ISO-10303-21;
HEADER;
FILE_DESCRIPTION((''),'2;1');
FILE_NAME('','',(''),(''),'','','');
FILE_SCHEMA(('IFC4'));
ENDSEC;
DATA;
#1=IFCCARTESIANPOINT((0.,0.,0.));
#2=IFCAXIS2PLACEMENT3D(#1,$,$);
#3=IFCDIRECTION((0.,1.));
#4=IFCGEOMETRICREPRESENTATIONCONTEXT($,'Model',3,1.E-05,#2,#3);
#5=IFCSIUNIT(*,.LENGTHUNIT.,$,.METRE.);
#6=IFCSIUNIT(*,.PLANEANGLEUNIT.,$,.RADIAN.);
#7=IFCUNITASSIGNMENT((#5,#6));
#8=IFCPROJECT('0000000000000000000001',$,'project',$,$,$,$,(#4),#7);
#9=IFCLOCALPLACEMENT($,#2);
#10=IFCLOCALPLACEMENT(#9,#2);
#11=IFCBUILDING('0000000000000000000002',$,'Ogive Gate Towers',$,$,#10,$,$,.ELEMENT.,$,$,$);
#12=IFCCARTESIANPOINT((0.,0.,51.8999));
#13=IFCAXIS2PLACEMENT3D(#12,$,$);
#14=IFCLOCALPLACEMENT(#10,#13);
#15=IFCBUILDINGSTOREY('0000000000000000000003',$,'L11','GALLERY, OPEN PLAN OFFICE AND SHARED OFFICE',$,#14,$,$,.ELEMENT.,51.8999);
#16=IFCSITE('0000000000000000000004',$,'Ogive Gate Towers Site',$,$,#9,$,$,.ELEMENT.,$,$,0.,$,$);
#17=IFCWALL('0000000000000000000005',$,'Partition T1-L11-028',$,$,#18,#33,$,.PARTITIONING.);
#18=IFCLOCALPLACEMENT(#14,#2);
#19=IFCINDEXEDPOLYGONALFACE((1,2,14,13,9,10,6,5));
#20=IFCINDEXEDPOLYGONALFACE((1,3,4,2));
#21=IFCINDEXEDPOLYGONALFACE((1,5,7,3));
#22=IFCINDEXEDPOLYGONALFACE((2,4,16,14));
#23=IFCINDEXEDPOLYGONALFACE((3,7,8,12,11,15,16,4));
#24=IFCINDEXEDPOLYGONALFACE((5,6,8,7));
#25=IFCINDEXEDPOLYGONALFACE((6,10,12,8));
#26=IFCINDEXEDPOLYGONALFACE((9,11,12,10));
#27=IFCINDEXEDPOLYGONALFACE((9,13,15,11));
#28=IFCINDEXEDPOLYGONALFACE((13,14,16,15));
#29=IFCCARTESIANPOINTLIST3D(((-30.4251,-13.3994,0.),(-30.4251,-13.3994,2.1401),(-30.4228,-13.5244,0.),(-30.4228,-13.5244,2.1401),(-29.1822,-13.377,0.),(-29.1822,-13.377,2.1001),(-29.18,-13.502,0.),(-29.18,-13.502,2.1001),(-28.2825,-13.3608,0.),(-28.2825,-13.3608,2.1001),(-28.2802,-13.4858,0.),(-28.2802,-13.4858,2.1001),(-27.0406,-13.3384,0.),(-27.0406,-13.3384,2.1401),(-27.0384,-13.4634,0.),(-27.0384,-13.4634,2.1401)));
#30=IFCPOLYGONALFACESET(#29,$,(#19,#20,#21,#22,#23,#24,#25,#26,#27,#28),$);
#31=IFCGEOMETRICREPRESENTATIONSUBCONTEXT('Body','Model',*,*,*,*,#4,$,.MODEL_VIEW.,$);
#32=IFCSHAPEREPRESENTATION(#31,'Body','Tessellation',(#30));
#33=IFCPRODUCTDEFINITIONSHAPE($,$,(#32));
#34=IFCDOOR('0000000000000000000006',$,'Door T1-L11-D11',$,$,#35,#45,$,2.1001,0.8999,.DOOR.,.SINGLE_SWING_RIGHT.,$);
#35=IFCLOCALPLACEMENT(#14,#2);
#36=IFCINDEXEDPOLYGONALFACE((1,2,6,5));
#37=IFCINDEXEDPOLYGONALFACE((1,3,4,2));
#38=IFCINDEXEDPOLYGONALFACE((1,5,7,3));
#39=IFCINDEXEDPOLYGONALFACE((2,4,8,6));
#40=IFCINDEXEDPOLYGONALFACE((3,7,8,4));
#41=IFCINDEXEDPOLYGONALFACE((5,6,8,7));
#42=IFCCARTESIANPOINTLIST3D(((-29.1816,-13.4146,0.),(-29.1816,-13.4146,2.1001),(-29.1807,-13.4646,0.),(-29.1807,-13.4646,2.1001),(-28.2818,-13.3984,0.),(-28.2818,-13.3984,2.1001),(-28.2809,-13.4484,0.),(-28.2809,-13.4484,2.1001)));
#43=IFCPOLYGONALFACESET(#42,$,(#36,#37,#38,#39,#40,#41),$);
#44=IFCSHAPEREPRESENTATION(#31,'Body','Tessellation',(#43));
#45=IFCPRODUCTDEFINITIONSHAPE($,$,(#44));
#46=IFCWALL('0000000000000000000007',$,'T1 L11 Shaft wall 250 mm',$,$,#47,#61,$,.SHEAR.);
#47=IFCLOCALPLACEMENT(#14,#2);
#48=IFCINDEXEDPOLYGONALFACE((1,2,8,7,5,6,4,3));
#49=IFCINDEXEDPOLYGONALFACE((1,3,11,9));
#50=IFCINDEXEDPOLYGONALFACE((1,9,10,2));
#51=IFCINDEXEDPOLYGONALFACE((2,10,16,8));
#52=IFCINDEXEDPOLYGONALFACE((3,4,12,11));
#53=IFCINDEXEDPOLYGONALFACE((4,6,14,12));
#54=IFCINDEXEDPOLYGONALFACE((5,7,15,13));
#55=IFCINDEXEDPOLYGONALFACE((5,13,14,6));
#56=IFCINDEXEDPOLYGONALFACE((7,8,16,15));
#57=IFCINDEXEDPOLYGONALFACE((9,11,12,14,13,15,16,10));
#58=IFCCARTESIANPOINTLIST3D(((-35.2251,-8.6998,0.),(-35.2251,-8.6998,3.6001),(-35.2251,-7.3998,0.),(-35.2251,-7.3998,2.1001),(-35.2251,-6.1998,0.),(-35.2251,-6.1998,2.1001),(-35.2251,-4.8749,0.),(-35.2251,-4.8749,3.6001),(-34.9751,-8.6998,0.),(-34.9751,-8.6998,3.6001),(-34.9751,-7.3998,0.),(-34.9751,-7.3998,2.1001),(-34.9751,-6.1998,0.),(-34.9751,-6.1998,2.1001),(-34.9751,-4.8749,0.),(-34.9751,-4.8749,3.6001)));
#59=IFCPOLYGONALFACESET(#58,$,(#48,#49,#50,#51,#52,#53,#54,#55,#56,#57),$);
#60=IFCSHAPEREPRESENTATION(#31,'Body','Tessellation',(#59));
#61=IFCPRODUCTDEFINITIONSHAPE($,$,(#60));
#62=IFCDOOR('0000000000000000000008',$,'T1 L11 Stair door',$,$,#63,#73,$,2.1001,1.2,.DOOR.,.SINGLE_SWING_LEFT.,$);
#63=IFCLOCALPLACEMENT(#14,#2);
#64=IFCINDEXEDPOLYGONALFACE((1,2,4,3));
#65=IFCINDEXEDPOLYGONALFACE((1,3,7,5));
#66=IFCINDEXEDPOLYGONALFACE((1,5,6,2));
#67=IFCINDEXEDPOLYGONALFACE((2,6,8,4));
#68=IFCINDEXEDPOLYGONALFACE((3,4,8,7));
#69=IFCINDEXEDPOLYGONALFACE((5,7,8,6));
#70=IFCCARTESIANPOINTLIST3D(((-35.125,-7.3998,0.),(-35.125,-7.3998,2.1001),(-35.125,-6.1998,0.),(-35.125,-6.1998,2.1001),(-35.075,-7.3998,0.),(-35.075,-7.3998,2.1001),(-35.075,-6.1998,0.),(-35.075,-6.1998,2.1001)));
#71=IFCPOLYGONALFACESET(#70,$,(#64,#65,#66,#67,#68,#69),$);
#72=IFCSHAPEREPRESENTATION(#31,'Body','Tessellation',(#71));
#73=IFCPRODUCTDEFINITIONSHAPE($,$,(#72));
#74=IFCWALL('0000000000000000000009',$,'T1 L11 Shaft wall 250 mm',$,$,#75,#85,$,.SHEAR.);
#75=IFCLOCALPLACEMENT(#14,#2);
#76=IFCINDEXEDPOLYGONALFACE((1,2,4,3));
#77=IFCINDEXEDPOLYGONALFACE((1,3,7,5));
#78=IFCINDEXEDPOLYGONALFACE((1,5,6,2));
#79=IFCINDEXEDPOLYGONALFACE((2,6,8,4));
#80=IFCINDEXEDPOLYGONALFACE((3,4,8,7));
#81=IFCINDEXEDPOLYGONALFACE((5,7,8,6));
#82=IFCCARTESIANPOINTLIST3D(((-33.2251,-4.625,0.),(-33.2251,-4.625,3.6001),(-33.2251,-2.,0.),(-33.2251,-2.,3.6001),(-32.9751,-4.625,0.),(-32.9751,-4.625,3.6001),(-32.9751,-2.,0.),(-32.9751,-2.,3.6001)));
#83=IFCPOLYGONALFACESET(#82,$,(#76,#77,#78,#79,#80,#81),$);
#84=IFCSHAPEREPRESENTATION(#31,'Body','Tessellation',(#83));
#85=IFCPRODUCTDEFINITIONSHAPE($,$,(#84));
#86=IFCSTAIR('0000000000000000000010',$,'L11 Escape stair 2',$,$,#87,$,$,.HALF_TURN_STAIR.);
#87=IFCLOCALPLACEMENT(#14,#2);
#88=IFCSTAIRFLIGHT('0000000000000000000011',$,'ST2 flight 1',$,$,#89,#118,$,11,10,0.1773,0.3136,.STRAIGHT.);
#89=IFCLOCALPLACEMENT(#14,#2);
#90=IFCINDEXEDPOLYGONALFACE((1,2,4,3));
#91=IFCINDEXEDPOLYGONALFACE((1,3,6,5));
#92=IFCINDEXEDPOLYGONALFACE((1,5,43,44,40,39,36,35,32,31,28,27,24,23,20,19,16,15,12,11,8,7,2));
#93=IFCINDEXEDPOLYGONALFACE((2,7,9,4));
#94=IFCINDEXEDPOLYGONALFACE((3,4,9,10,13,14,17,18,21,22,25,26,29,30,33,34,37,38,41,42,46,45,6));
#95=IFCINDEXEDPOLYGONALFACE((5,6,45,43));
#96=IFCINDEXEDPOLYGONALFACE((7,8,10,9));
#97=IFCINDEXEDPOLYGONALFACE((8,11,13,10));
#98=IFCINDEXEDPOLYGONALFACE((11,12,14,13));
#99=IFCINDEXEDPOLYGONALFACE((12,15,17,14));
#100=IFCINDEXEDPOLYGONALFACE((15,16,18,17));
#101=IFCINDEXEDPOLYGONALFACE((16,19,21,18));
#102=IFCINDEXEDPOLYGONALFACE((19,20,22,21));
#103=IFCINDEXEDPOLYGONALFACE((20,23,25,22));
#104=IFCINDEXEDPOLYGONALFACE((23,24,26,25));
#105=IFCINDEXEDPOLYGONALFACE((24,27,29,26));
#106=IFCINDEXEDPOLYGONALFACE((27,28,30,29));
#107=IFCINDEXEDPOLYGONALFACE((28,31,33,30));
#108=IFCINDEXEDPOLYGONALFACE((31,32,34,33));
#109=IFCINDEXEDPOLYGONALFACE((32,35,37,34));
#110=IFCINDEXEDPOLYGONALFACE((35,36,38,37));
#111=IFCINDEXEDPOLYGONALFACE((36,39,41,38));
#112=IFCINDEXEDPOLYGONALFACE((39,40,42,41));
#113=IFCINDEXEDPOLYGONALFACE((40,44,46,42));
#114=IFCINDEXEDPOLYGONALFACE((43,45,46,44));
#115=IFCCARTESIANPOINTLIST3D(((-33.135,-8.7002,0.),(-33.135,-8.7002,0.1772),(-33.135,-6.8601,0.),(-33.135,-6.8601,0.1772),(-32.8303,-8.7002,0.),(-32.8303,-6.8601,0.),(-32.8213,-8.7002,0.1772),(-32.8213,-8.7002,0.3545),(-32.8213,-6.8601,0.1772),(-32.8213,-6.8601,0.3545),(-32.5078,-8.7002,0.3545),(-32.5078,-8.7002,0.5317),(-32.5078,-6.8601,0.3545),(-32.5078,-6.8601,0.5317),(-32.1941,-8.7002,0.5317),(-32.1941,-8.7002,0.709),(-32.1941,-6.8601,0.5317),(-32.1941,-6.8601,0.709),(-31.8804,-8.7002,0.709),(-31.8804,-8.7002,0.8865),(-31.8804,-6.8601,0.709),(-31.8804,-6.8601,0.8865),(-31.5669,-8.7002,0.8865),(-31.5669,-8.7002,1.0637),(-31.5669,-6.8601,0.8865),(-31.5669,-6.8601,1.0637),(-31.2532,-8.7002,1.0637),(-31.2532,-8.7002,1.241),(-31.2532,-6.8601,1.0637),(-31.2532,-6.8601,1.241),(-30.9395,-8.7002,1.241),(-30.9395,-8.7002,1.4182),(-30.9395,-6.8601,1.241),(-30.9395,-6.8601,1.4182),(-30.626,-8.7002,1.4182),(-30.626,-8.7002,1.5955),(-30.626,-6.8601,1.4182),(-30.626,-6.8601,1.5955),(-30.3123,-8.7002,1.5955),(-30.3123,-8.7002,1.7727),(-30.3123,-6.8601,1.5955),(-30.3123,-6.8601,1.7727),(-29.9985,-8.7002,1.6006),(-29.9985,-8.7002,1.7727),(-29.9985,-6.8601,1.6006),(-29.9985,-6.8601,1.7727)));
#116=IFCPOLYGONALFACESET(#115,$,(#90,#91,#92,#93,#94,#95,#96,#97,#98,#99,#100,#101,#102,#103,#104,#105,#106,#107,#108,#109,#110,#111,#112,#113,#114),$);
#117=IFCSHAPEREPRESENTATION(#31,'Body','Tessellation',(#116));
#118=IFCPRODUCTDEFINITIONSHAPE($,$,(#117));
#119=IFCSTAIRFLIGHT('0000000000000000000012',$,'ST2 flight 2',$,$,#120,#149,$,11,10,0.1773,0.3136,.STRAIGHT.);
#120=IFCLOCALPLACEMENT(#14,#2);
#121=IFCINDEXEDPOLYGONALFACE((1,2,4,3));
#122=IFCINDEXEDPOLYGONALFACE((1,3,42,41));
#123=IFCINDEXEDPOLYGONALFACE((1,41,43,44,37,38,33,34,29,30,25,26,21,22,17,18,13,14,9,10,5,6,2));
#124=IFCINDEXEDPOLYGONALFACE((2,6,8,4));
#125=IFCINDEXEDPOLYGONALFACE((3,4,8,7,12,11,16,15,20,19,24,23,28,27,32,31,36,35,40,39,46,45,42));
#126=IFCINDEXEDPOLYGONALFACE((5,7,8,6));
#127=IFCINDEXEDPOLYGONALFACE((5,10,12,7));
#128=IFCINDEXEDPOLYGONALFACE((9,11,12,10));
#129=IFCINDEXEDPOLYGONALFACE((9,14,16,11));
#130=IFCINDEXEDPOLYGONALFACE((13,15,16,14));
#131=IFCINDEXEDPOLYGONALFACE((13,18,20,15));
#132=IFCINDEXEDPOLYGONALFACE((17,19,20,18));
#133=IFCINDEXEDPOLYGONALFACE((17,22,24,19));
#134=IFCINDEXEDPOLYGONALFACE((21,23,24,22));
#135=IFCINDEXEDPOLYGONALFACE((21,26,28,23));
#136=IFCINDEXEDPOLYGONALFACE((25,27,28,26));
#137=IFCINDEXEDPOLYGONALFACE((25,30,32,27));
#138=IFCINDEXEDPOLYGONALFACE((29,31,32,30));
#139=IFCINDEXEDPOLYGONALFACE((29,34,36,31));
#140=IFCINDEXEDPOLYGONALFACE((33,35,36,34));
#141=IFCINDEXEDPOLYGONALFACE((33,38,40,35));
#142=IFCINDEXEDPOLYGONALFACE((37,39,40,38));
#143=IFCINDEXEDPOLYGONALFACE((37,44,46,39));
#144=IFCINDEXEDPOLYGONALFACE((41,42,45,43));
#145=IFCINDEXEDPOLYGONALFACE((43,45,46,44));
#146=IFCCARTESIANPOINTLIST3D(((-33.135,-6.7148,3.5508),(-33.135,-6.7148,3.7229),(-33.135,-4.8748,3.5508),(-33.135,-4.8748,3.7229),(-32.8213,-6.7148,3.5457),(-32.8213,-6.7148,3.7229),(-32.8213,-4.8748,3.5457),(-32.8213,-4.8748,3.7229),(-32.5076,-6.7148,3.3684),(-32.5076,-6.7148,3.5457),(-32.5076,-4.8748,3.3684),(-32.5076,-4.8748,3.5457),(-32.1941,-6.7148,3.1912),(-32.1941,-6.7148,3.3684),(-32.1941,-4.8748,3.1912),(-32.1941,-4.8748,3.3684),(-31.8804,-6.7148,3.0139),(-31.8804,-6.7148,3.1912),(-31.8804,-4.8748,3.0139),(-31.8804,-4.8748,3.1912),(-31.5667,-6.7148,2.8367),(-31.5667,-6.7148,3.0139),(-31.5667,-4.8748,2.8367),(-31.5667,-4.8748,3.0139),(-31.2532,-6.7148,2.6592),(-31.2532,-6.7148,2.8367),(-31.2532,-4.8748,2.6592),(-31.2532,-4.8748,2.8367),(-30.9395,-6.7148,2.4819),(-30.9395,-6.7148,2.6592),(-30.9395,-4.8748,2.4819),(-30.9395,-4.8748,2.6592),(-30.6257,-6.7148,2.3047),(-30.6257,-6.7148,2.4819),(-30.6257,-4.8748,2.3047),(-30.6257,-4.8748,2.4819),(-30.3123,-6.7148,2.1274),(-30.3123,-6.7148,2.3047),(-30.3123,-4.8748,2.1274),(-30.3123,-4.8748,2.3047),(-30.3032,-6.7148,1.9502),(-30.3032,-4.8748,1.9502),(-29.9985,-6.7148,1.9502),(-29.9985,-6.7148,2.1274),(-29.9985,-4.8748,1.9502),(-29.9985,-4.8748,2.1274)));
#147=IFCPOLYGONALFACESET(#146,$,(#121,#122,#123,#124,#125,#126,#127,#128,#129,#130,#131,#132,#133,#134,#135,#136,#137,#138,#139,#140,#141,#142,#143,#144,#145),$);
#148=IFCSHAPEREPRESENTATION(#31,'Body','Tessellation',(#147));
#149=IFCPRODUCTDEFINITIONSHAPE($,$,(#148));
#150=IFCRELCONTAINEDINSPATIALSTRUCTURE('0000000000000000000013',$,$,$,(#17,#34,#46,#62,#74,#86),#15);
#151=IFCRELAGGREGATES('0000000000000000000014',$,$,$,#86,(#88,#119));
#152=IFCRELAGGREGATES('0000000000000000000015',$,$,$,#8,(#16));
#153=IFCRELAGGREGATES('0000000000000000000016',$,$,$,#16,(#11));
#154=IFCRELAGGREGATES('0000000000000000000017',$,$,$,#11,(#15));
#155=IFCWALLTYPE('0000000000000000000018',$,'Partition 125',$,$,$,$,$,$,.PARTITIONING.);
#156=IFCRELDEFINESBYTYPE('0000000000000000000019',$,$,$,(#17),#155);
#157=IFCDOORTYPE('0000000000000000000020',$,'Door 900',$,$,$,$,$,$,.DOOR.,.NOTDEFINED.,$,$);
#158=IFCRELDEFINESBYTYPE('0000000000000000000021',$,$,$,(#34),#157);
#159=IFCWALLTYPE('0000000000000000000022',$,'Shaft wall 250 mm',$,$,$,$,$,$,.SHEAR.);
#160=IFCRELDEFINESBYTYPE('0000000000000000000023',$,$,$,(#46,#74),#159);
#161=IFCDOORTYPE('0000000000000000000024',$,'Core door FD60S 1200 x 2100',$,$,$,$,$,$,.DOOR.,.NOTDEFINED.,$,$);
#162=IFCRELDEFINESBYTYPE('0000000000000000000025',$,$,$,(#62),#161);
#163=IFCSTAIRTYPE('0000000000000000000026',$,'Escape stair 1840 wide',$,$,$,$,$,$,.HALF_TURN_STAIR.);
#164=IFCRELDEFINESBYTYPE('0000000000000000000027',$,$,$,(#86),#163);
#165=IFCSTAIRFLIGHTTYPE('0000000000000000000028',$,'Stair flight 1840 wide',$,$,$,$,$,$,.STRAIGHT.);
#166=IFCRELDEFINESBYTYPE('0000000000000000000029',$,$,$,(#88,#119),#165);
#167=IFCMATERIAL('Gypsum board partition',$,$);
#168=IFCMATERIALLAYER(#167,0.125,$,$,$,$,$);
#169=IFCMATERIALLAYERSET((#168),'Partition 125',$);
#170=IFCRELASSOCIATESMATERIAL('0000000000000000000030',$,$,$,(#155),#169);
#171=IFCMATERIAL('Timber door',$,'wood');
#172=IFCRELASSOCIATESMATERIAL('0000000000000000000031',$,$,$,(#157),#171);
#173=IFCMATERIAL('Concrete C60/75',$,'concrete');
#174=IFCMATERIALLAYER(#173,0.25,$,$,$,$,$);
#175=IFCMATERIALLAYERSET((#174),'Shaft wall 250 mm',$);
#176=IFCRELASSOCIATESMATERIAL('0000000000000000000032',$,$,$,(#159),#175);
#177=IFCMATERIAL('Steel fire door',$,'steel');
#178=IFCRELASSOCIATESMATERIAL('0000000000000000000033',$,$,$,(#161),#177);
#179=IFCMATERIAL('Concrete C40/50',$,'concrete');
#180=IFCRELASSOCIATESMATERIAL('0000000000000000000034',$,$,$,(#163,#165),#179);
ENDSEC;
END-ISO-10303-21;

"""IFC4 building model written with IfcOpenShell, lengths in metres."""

from ifc_helpers import new_model, si_unit, direction, frame, frame_2d, origin, place, context, subcontext, project, spatial, polyline, rectangle, outline, extrude, material, layer, layer_set, type_object, element, fill, aggregate, save


model = new_model("IFC4")

# Units and contexts
model_context = context("Model", 3, precision=1e-05, world=origin(), true_north=direction((0.0, 1.0)))
body_context = subcontext(model_context, "Body", "Model", "MODEL_VIEW")
ifc_project = project(units=[si_unit("LENGTHUNIT", "METRE"), si_unit("PLANEANGLEUNIT", "RADIAN")], contexts=[model_context])

# Site, building, storey
site_placement = place(None, origin())
site = spatial("IfcSite", under=ifc_project, at=site_placement, Name="Ogive Gate Towers Site", CompositionType="ELEMENT", RefElevation=0.0)
building_placement = place(site_placement, origin())
building = spatial("IfcBuilding", under=site, at=building_placement, Name="Ogive Gate Towers", CompositionType="ELEMENT")
storey_placement = place(building_placement, frame((0.0, 0.0, 51.8999)))
storey = spatial("IfcBuildingStorey", under=building, at=storey_placement, Name="L11", Description="GALLERY, OPEN PLAN OFFICE AND SHARED OFFICE", CompositionType="ELEMENT", Elevation=51.8999)

# Walls, openings, doors
ifc_material_1 = material(Name="Timber door", Category="wood")
ifc_material_2 = material(Name="Gypsum board partition")
ifc_layer_1 = layer(ifc_material_2, 0.125)
ifc_layer_set_1 = layer_set([ifc_layer_1], Name="Partition 125")
wall_type_1 = type_object("IfcWallType", Name="Partition 125", PredefinedType="PARTITIONING", material=ifc_layer_set_1)
door_type_1 = type_object("IfcDoorType", Name="Door 900", OperationType="NOTDEFINED", PredefinedType="DOOR", material=ifc_material_1)
wall_1_placement = place(storey_placement, frame((-30.4238, -13.4619, 0.0), z_axis=(0.0, 0.0, 1.0), x_axis=(0.999837, 0.018031, 0.0)))
wall_1 = element("IfcWall", 1, at=wall_1_placement, inside=storey, type_object=wall_type_1, Name="Partition T1-L11-028", PredefinedType="PARTITIONING", context=body_context, shape_type="SweptSolid", body=[
    extrude(rectangle(XDim=3.385, YDim=0.125, at=frame_2d((1.6924, 0.0))), origin(), (0.0, 0.0, 1.0), 2.1401),
])
opening_1_placement = place(wall_1_placement, frame((1.2429, 0.0, 0.0)))
opening_1 = element("IfcOpeningElement", 2, at=opening_1_placement, cuts=wall_1, PredefinedType="OPENING", context=body_context, shape_type="SweptSolid", body=[
    extrude(rectangle(XDim=0.8999, YDim=2.1001, at=frame_2d((0.45, 1.05))), frame((0.0, 0.0725, 0.0), z_axis=(0.0, -1.0, 0.0), x_axis=(1.0, 0.0, 0.0)), (0.0, 0.0, 1.0), 0.145),
])
door_1_placement = place(opening_1_placement, origin())
door_1 = element("IfcDoor", 3, at=door_1_placement, inside=storey, type_object=door_type_1, Name="Door T1-L11-D11", OperationType="SINGLE_SWING_RIGHT", OverallHeight=2.1001, OverallWidth=0.8999, PredefinedType="DOOR", context=body_context, shape_type="SweptSolid", body=[
    extrude(rectangle(XDim=0.8999, YDim=2.1001, at=frame_2d((0.45, 1.05))), frame((0.0, 0.0249, 0.0), z_axis=(0.0, -1.0, 0.0), x_axis=(1.0, 0.0, 0.0)), (0.0, 0.0, 1.0), 0.05),
])
fill(opening_1, door_1)
ifc_material_3 = material(Name="Concrete C60/75", Category="concrete")
ifc_layer_2 = layer(ifc_material_3, 0.25)
ifc_layer_set_2 = layer_set([ifc_layer_2], Name="Shaft wall 250 mm")
wall_type_2 = type_object("IfcWallType", Name="Shaft wall 250 mm", PredefinedType="SHEAR", material=ifc_layer_set_2)
wall_2_placement = place(storey_placement, frame((-35.1001, -8.7, 0.0), z_axis=(0.0, 0.0, 1.0), x_axis=(0.0, 1.0, 0.0)))
wall_2 = element("IfcWall", 4, at=wall_2_placement, inside=storey, type_object=wall_type_2, Name="T1 L11 Shaft wall 250 mm", PredefinedType="SHEAR", context=body_context, shape_type="SweptSolid", body=[
    extrude(rectangle(XDim=3.825, YDim=0.25, at=frame_2d((1.9126, 0.0))), origin(), (0.0, 0.0, 1.0), 3.6001),
])
opening_2_placement = place(wall_2_placement, frame((1.3, 0.0, 0.0)))
opening_2 = element("IfcOpeningElement", 5, at=opening_2_placement, cuts=wall_2, PredefinedType="OPENING", context=body_context, shape_type="SweptSolid", body=[
    extrude(rectangle(XDim=1.2, YDim=2.1001, at=frame_2d((0.6001, 1.05))), frame((0.0, 0.135, 0.0), z_axis=(0.0, -1.0, 0.0), x_axis=(1.0, 0.0, 0.0)), (0.0, 0.0, 1.0), 0.27),
])
ifc_material_4 = material(Name="Steel fire door", Category="steel")
door_type_2 = type_object("IfcDoorType", Name="Core door FD60S 1200 x 2100", OperationType="NOTDEFINED", PredefinedType="DOOR", material=ifc_material_4)
door_2_placement = place(opening_2_placement, origin())
door_2 = element("IfcDoor", 6, at=door_2_placement, inside=storey, type_object=door_type_2, Name="T1 L11 Stair door", OperationType="SINGLE_SWING_LEFT", OverallHeight=2.1001, OverallWidth=1.2, PredefinedType="DOOR", context=body_context, shape_type="SweptSolid", body=[
    extrude(rectangle(XDim=1.2, YDim=2.1001, at=frame_2d((0.6001, 1.05))), frame((0.0, 0.0249, 0.0), z_axis=(0.0, -1.0, 0.0), x_axis=(1.0, 0.0, 0.0)), (0.0, 0.0, 1.0), 0.05),
])
fill(opening_2, door_2)

# Wall
wall_3_placement = place(storey_placement, frame((-33.1001, -4.625, 0.0), z_axis=(0.0, 0.0, 1.0), x_axis=(0.0, 1.0, 0.0)))
element("IfcWall", 7, at=wall_3_placement, inside=storey, type_object=wall_type_2, Name="T1 L11 Shaft wall 250 mm", PredefinedType="SHEAR", context=body_context, shape_type="SweptSolid", body=[
    extrude(rectangle(XDim=2.625, YDim=0.25, at=frame_2d((1.3125, 0.0))), origin(), (0.0, 0.0, 1.0), 3.6001),
])

# Stair, stair flights
ifc_material_5 = material(Name="Concrete C40/50", Category="concrete")
stair_type = type_object("IfcStairType", Name="Escape stair 1840 wide", PredefinedType="HALF_TURN_STAIR", material=ifc_material_5)
stair_placement = place(storey_placement, origin())
stair = element("IfcStair", 8, at=stair_placement, inside=storey, type_object=stair_type, Name="L11 Escape stair 2", PredefinedType="HALF_TURN_STAIR")
stair_flight_type = type_object("IfcStairFlightType", Name="Stair flight 1840 wide", PredefinedType="STRAIGHT", material=ifc_material_5)
stair_flight_1_placement = place(storey_placement, frame((-33.135, -7.78, 0.0), z_axis=(0.0, 0.0, 1.0), x_axis=(1.0, 0.0, 0.0)))
stair_flight_1 = element("IfcStairFlight", 9, at=stair_flight_1_placement, type_object=stair_flight_type, Name="ST2 flight 1", NumberOfRisers=11, NumberOfTreads=10, PredefinedType="STRAIGHT", RiserHeight=0.1773, TreadLength=0.3136, context=body_context, shape_type="SweptSolid", body=[
    extrude(outline(polyline([(0.0, 0.0), (0.0, 0.1772), (0.3137, 0.1772), (0.3137, 0.3545), (0.6272, 0.3545), (0.6272, 0.5317), (0.9409, 0.5317), (0.9409, 0.709), (1.2546, 0.709), (1.2546, 0.8865), (1.5681, 0.8865), (1.5681, 1.0637), (1.8818, 1.0637), (1.8818, 1.241), (2.1956, 1.241), (2.1956, 1.4182), (2.509, 1.4182), (2.509, 1.5955), (2.8228, 1.5955), (2.8228, 1.7727), (3.1365, 1.7727), (3.1365, 1.95), (3.1365, 1.6006), (0.3047, 0.0), (0.0, 0.0)])), frame((0.0, 0.9199, 0.0), z_axis=(0.0, -1.0, 0.0), x_axis=(1.0, 0.0, 0.0)), (0.0, 0.0, 1.0), 1.8401),
])
stair_flight_2_placement = place(storey_placement, frame((-29.9985, -5.7949, 1.9502), z_axis=(0.0, 0.0, 1.0), x_axis=(-1.0, 0.0, 0.0)))
stair_flight_2 = element("IfcStairFlight", 10, at=stair_flight_2_placement, type_object=stair_flight_type, Name="ST2 flight 2", NumberOfRisers=11, NumberOfTreads=10, PredefinedType="STRAIGHT", RiserHeight=0.1773, TreadLength=0.3136, context=body_context, shape_type="SweptSolid", body=[
    extrude(outline(polyline([(0.0, 0.0), (0.0, 0.1772), (0.3137, 0.1772), (0.3137, 0.3545), (0.6272, 0.3545), (0.6272, 0.5317), (0.9409, 0.5317), (0.9409, 0.709), (1.2546, 0.709), (1.2546, 0.8865), (1.5681, 0.8865), (1.5681, 1.0637), (1.8818, 1.0637), (1.8818, 1.241), (2.1956, 1.241), (2.1956, 1.4182), (2.509, 1.4182), (2.509, 1.5955), (2.8228, 1.5955), (2.8228, 1.7727), (3.1365, 1.7727), (3.1365, 1.95), (3.1365, 1.6006), (0.3047, 0.0), (0.0, 0.0)])), frame((0.0, 0.9199, 0.0), z_axis=(0.0, -1.0, 0.0), x_axis=(1.0, 0.0, 0.0)), (0.0, 0.0, 1.0), 1.8401),
])
aggregate(stair, [stair_flight_1, stair_flight_2])

save(model, "model.ifc")
